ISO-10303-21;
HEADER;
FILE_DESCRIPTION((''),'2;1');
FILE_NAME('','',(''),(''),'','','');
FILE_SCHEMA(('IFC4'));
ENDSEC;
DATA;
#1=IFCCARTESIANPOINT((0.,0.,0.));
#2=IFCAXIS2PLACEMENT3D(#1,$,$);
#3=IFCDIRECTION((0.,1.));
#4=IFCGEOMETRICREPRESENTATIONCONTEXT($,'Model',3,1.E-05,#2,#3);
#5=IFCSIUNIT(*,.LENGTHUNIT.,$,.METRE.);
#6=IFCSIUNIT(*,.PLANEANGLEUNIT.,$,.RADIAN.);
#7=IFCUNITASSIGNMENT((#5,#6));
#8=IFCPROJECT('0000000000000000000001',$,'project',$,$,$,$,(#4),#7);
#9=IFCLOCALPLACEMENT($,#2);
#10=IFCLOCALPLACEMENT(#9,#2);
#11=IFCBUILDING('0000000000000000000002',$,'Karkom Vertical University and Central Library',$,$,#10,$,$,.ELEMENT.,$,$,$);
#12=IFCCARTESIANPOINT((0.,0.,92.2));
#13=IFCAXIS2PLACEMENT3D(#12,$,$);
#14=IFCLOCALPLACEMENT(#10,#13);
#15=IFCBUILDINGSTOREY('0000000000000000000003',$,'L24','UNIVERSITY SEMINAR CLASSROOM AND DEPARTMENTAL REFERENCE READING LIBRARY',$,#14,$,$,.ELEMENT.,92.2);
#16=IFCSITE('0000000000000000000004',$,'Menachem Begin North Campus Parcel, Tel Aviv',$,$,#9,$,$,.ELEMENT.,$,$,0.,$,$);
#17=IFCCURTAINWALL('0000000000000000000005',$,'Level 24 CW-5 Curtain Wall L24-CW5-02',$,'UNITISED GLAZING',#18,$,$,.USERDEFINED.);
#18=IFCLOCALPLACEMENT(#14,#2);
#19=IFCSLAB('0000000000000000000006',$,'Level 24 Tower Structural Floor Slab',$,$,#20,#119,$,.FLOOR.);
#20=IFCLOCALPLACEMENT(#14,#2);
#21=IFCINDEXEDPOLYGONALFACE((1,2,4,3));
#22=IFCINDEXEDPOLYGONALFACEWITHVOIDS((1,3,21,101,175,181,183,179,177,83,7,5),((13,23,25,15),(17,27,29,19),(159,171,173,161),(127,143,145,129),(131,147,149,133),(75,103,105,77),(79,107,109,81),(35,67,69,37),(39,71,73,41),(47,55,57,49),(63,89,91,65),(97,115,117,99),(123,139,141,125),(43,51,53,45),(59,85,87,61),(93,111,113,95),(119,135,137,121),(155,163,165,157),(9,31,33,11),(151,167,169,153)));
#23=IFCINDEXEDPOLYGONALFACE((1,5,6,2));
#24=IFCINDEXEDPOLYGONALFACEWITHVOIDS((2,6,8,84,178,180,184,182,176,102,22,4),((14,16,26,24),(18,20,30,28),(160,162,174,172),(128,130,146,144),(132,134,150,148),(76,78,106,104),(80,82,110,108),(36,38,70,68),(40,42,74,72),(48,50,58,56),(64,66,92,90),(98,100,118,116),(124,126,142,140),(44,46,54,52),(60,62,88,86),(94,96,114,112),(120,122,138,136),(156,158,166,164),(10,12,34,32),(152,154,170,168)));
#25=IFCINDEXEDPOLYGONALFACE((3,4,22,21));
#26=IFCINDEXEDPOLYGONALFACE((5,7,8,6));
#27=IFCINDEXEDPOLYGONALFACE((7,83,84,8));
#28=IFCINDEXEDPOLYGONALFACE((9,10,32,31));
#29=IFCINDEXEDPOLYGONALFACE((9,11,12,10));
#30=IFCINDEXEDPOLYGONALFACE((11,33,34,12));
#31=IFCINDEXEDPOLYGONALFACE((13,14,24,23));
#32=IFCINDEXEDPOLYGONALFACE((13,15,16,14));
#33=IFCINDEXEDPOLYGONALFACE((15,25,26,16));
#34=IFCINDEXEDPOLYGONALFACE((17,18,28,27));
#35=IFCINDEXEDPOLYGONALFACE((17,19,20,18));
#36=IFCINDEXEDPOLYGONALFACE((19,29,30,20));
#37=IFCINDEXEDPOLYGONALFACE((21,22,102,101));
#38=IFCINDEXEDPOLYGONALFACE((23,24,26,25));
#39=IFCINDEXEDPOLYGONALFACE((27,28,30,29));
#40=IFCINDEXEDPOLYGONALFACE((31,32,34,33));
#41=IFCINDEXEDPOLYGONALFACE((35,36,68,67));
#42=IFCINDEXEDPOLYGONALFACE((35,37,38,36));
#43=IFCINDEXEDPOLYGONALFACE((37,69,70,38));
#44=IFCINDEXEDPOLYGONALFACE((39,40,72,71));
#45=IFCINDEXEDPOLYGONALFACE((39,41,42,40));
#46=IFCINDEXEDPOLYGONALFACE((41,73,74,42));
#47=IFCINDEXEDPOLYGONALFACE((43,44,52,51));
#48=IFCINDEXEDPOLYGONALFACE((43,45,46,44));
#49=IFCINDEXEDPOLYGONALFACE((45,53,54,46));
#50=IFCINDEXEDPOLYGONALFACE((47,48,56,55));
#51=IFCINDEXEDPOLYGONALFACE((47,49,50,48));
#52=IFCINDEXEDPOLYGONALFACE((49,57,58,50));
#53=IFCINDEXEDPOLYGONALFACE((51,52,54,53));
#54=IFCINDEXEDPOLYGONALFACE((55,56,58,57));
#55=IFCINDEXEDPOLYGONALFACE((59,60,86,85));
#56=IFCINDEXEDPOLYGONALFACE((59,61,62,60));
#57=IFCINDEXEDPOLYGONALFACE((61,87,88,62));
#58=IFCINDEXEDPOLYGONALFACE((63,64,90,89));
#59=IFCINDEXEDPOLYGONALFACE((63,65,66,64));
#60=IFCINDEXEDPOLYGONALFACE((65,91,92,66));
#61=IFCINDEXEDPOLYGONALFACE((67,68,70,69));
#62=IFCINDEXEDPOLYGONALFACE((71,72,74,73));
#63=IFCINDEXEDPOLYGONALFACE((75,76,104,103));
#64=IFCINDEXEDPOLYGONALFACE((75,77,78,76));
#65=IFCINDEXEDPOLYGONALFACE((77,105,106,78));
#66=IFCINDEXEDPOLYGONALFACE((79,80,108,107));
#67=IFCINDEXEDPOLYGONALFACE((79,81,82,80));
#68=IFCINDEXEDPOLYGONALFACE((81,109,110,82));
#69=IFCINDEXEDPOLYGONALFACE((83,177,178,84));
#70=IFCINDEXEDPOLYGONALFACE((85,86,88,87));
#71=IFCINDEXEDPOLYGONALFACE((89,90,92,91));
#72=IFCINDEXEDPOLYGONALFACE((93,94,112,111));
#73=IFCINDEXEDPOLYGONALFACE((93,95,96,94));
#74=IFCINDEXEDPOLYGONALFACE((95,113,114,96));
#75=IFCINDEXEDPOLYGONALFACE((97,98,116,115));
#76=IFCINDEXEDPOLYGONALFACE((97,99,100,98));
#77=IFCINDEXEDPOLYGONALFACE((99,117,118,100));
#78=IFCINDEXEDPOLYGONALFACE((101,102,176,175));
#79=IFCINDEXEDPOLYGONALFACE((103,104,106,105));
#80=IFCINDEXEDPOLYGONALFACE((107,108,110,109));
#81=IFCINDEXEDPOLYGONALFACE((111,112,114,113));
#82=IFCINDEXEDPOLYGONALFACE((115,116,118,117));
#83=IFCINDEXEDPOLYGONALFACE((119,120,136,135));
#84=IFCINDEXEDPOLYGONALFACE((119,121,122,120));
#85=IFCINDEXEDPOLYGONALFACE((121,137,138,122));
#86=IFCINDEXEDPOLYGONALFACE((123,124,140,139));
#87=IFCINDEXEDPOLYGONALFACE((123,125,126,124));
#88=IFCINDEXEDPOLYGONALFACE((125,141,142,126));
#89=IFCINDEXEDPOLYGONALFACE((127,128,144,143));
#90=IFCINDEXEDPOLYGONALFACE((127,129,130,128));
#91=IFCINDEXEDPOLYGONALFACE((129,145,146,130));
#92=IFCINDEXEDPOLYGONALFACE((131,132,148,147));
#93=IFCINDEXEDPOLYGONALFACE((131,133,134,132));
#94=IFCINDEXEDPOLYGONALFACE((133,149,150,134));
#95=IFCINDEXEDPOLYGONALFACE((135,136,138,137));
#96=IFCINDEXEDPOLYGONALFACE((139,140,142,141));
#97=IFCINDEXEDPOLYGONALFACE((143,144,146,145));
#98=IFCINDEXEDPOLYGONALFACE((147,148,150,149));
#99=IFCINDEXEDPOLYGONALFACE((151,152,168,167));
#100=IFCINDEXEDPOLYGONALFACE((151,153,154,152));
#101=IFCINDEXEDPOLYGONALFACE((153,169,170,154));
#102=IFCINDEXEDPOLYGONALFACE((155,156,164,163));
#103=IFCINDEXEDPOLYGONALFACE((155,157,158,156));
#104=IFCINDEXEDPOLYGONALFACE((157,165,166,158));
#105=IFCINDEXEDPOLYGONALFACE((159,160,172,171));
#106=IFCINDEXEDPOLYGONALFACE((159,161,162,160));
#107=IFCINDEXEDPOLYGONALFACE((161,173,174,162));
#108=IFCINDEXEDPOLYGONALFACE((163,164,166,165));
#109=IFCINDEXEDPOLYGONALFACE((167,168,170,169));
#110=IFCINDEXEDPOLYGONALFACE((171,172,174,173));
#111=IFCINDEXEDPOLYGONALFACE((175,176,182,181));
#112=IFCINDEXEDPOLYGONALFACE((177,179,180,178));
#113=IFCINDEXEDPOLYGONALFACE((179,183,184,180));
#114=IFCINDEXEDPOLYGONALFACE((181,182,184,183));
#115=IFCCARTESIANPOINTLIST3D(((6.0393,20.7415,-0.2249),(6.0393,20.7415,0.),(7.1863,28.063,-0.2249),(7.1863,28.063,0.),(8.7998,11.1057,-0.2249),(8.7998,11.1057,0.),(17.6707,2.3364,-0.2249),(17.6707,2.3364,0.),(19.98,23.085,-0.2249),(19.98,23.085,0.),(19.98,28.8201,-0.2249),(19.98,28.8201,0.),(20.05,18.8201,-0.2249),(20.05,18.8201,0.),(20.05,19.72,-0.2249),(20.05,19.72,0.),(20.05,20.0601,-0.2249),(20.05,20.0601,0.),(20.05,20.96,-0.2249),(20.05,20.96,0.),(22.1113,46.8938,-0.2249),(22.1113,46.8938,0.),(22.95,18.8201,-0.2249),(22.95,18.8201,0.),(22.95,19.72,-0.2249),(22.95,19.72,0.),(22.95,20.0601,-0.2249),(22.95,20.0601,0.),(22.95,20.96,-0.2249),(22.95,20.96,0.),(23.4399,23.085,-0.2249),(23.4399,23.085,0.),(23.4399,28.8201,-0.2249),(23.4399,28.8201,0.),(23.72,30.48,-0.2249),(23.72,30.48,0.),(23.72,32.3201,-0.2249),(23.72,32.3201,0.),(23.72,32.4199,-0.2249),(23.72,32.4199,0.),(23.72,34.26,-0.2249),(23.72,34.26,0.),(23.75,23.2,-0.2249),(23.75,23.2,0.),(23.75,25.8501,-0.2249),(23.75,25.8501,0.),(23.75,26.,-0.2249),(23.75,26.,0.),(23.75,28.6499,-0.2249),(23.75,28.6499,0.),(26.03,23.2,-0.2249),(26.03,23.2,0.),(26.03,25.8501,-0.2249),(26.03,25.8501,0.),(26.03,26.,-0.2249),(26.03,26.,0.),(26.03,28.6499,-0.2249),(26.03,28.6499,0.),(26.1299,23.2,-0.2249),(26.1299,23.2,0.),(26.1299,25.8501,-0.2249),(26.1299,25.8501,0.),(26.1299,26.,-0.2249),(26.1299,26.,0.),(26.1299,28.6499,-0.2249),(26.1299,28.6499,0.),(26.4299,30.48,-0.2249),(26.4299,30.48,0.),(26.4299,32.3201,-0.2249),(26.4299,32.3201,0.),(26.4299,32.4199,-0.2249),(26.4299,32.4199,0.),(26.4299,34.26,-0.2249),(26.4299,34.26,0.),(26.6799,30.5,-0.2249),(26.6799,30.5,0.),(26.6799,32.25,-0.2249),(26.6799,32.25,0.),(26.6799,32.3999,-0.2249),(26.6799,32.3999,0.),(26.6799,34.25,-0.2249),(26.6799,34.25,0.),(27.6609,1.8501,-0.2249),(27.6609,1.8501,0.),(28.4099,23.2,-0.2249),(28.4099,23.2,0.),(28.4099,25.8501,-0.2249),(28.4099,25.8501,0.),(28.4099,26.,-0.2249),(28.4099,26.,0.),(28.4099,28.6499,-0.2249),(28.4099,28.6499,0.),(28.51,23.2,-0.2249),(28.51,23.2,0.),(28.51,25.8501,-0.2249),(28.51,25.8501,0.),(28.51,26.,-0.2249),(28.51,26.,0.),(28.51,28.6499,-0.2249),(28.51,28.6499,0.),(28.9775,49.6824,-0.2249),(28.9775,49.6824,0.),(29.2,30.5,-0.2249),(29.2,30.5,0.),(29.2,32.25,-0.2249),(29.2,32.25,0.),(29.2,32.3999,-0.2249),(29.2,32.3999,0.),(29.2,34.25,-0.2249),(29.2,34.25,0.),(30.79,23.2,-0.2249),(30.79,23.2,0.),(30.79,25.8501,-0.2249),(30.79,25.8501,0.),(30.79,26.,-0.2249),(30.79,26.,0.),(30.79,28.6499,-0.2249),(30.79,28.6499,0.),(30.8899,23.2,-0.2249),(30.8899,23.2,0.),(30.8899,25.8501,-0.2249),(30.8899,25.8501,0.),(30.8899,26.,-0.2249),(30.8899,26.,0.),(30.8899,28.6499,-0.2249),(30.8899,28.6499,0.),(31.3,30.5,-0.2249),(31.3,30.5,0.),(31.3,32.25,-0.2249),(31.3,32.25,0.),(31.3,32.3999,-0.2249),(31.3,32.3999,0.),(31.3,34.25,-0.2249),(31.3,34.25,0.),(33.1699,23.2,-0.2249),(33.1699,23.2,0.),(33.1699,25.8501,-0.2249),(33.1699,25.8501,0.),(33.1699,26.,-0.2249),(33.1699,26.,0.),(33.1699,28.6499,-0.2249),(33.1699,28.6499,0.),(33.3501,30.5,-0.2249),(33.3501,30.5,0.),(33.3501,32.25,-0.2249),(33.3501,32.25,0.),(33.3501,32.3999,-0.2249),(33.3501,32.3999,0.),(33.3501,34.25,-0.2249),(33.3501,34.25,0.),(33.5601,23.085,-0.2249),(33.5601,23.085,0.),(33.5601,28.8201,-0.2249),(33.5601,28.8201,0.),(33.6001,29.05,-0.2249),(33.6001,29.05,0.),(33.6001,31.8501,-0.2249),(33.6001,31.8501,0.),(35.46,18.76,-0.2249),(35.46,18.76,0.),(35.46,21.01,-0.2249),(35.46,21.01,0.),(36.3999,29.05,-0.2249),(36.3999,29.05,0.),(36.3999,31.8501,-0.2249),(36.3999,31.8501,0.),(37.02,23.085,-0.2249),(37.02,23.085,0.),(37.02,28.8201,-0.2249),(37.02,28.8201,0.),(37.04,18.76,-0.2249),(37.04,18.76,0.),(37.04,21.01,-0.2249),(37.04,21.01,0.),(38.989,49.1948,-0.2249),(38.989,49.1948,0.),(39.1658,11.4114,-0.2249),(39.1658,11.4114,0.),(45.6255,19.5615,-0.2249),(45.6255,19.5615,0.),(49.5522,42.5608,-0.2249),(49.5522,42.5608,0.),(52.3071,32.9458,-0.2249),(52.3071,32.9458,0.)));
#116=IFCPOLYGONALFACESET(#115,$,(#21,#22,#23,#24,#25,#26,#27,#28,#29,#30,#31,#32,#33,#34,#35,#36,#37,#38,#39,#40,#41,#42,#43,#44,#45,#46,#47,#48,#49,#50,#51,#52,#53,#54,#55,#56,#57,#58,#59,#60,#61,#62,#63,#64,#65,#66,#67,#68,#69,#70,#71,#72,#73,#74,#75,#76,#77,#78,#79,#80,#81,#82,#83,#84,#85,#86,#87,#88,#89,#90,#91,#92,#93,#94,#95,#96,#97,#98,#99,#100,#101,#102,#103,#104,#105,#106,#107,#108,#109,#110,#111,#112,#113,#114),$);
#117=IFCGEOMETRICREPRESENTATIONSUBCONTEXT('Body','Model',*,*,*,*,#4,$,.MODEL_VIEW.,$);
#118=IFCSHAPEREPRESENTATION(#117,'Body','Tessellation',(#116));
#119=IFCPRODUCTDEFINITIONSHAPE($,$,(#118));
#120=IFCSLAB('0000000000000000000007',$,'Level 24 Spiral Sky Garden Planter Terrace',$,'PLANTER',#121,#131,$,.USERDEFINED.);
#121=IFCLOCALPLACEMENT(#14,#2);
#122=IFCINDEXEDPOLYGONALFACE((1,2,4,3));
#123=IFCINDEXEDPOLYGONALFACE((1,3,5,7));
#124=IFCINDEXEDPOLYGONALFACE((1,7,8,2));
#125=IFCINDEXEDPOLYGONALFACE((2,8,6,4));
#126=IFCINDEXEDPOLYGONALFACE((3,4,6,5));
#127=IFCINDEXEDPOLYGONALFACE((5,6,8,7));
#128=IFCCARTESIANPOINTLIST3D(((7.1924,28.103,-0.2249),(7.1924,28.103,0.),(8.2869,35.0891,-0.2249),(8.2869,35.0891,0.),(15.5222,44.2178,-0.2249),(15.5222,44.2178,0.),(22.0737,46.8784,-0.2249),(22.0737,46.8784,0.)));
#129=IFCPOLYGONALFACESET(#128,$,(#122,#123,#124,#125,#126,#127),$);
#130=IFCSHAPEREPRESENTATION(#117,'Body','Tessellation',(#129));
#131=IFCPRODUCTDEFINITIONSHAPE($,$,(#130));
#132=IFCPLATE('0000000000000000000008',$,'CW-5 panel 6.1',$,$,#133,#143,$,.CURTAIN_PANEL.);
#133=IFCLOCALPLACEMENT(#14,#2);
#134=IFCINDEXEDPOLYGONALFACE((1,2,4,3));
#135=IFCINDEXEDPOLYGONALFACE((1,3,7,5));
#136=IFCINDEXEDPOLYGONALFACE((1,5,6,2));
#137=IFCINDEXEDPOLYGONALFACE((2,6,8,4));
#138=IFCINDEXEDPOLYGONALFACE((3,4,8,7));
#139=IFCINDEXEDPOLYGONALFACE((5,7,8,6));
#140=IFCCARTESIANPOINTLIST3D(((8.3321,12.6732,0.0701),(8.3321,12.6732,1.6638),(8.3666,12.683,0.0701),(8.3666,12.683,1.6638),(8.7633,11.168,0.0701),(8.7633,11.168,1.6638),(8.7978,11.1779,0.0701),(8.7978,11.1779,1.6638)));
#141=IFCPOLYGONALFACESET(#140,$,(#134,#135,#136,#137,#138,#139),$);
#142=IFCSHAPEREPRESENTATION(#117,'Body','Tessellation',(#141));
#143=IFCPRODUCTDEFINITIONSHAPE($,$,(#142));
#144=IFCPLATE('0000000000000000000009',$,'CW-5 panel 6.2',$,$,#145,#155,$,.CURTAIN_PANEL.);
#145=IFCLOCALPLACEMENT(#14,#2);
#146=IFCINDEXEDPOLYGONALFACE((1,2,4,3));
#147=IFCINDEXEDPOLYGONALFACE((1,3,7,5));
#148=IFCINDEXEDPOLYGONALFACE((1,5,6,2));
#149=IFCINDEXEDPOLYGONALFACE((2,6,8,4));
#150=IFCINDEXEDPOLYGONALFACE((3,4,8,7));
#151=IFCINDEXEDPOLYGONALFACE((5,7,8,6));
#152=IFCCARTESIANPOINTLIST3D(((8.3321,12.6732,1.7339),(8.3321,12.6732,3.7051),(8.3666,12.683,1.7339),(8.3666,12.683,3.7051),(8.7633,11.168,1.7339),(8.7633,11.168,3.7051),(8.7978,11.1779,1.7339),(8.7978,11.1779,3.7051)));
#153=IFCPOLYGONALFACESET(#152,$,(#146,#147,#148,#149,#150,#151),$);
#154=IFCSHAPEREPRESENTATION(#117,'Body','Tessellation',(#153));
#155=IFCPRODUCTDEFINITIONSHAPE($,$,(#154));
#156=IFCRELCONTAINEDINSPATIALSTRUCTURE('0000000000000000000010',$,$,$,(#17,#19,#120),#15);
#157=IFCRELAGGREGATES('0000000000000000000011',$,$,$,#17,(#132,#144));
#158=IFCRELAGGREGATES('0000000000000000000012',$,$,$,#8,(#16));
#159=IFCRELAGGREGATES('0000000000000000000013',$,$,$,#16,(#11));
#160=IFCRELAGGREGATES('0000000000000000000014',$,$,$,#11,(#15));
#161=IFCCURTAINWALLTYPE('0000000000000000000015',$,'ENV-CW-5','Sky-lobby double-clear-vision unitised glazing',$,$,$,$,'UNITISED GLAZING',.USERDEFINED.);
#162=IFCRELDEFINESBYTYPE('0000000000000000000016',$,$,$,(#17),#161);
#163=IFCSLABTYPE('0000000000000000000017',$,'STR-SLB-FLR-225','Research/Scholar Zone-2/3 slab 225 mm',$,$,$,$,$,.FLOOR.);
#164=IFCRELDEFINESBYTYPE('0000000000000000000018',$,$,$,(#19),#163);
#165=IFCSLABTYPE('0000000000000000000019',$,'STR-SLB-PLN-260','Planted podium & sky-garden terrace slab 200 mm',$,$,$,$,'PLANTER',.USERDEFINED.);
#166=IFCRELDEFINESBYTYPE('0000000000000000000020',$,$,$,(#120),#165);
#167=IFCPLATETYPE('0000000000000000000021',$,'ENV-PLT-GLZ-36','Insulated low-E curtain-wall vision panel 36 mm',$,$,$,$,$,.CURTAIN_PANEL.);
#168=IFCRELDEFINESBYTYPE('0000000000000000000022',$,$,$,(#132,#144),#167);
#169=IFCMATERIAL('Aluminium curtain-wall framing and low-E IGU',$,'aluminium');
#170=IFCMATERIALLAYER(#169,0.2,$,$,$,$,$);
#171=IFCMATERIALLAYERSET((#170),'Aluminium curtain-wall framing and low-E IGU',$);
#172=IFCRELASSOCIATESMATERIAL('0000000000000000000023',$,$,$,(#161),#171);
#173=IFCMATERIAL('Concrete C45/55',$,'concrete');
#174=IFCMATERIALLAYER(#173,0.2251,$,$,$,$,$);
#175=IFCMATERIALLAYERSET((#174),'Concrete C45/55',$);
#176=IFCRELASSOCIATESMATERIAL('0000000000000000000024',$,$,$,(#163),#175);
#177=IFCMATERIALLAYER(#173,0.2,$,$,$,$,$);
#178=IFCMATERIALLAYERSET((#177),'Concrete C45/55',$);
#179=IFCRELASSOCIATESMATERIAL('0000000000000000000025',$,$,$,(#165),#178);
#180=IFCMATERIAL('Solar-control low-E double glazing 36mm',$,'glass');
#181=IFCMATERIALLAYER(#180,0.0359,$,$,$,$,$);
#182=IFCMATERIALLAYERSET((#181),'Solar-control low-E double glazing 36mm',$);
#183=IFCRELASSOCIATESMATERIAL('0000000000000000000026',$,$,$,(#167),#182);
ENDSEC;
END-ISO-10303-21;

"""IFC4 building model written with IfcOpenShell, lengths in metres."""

from ifc_helpers import new_model, si_unit, direction, frame, origin, origin_with_axes, origin_2d, place, context, subcontext, project, spatial, polyline, rectangle, outline, extrude, source, transform, mapped, material, layer, layer_set, type_object, element, aggregate, save


model = new_model("IFC4")

# Units and contexts
model_context = context("Model", 3, precision=1e-05, world=origin(), true_north=direction((0.0, 1.0)))
body_context = subcontext(model_context, "Body", "Model", "MODEL_VIEW")
ifc_project = project(units=[si_unit("LENGTHUNIT", "METRE"), si_unit("PLANEANGLEUNIT", "RADIAN")], contexts=[model_context])

# Site, building, storey
site_placement = place(None, origin())
site = spatial("IfcSite", under=ifc_project, at=site_placement, Name="Menachem Begin North Campus Parcel, Tel Aviv", CompositionType="ELEMENT", RefElevation=0.0)
building_placement = place(site_placement, origin())
building = spatial("IfcBuilding", under=site, at=building_placement, Name="Karkom Vertical University and Central Library", CompositionType="ELEMENT")
storey_placement = place(building_placement, frame((0.0, 0.0, 92.2)))
storey = spatial("IfcBuildingStorey", under=building, at=storey_placement, Name="L24", Description="UNIVERSITY SEMINAR CLASSROOM AND DEPARTMENTAL REFERENCE READING LIBRARY", CompositionType="ELEMENT", Elevation=92.2)

# Curtain wall
ifc_material_1 = material(Name="Aluminium curtain-wall framing and low-E IGU", Category="aluminium")
ifc_layer_1 = layer(ifc_material_1, 0.2)
ifc_layer_set_1 = layer_set([ifc_layer_1], Name="Aluminium curtain-wall framing and low-E IGU")
curtain_wall_type = type_object("IfcCurtainWallType", Name="ENV-CW-5", Description="Sky-lobby double-clear-vision unitised glazing", ElementType="UNITISED GLAZING", PredefinedType="USERDEFINED", material=ifc_layer_set_1)
curtain_wall_placement = place(storey_placement, origin())
curtain_wall = element("IfcCurtainWall", 1, at=curtain_wall_placement, inside=storey, type_object=curtain_wall_type, Name="Level 24 CW-5 Curtain Wall L24-CW5-02", ObjectType="UNITISED GLAZING", PredefinedType="USERDEFINED")

# Shared definitions
ifc_material_2 = material(Name="Concrete C45/55", Category="concrete")

# Slabs
ifc_layer_2 = layer(ifc_material_2, 0.2251)
ifc_layer_set_2 = layer_set([ifc_layer_2], Name="Concrete C45/55")
slab_type_1 = type_object("IfcSlabType", Name="STR-SLB-FLR-225", Description="Research/Scholar Zone-2/3 slab 225 mm", PredefinedType="FLOOR", material=ifc_layer_set_2)
slab_1_placement = place(storey_placement, frame((0.0, 0.0, -0.2249)))
element("IfcSlab", 2, at=slab_1_placement, inside=storey, type_object=slab_type_1, Name="Level 24 Tower Structural Floor Slab", PredefinedType="FLOOR", context=body_context, shape_type="SweptSolid", body=[
    extrude(outline(polyline([(7.1863, 28.063), (6.0393, 20.7415), (8.7998, 11.1057), (17.6707, 2.3364), (27.6609, 1.8501), (39.1658, 11.4114), (45.6255, 19.5615), (52.3071, 32.9458), (49.5522, 42.5608), (38.989, 49.1948), (28.9775, 49.6824), (22.1113, 46.8938), (7.1863, 28.063)]), holes=[polyline([(19.98, 23.085), (23.4399, 23.085), (23.4399, 28.8201), (19.98, 28.8201), (19.98, 23.085)]), polyline([(33.5601, 23.085), (37.02, 23.085), (37.02, 28.8201), (33.5601, 28.8201), (33.5601, 23.085)]), polyline([(23.75, 23.2), (26.03, 23.2), (26.03, 25.8501), (23.75, 25.8501), (23.75, 23.2)]), polyline([(26.1299, 23.2), (28.4099, 23.2), (28.4099, 25.8501), (26.1299, 25.8501), (26.1299, 23.2)]), polyline([(28.51, 23.2), (30.79, 23.2), (30.79, 25.8501), (28.51, 25.8501), (28.51, 23.2)]), polyline([(30.8899, 23.2), (33.1699, 23.2), (33.1699, 25.8501), (30.8899, 25.8501), (30.8899, 23.2)]), polyline([(23.75, 26.0), (26.03, 26.0), (26.03, 28.6499), (23.75, 28.6499), (23.75, 26.0)]), polyline([(26.1299, 26.0), (28.4099, 26.0), (28.4099, 28.6499), (26.1299, 28.6499), (26.1299, 26.0)]), polyline([(28.51, 26.0), (30.79, 26.0), (30.79, 28.6499), (28.51, 28.6499), (28.51, 26.0)]), polyline([(30.8899, 26.0), (33.1699, 26.0), (33.1699, 28.6499), (30.8899, 28.6499), (30.8899, 26.0)]), polyline([(26.6799, 30.5), (29.2, 30.5), (29.2, 32.25), (26.6799, 32.25), (26.6799, 30.5)]), polyline([(26.6799, 32.3999), (29.2, 32.3999), (29.2, 34.25), (26.6799, 34.25), (26.6799, 32.3999)]), polyline([(31.3, 30.5), (33.3501, 30.5), (33.3501, 32.25), (31.3, 32.25), (31.3, 30.5)]), polyline([(31.3, 32.3999), (33.3501, 32.3999), (33.3501, 34.25), (31.3, 34.25), (31.3, 32.3999)]), polyline([(23.72, 30.48), (26.4299, 30.48), (26.4299, 32.3201), (23.72, 32.3201), (23.72, 30.48)]), polyline([(23.72, 32.4199), (26.4299, 32.4199), (26.4299, 34.26), (23.72, 34.26), (23.72, 32.4199)]), polyline([(33.6001, 29.05), (36.3999, 29.05), (36.3999, 31.8501), (33.6001, 31.8501), (33.6001, 29.05)]), polyline([(20.05, 18.8201), (22.95, 18.8201), (22.95, 19.72), (20.05, 19.72), (20.05, 18.8201)]), polyline([(20.05, 20.0601), (22.95, 20.0601), (22.95, 20.96), (20.05, 20.96), (20.05, 20.0601)]), polyline([(35.46, 18.76), (37.04, 18.76), (37.04, 21.01), (35.46, 21.01), (35.46, 18.76)])]), origin(), (0.0, 0.0, 1.0), 0.2249),
])
ifc_layer_3 = layer(ifc_material_2, 0.2)
ifc_layer_set_3 = layer_set([ifc_layer_3], Name="Concrete C45/55")
slab_type_2 = type_object("IfcSlabType", Name="STR-SLB-PLN-260", Description="Planted podium & sky-garden terrace slab 200 mm", ElementType="PLANTER", PredefinedType="USERDEFINED", material=ifc_layer_set_3)
slab_2_placement = place(storey_placement, frame((0.0, 0.0, -0.2249)))
element("IfcSlab", 3, at=slab_2_placement, inside=storey, type_object=slab_type_2, Name="Level 24 Spiral Sky Garden Planter Terrace", ObjectType="PLANTER", PredefinedType="USERDEFINED", context=body_context, shape_type="SweptSolid", body=[
    extrude(outline(polyline([(8.2869, 35.0891), (15.5222, 44.2178), (22.0737, 46.8784), (7.1924, 28.103), (8.2869, 35.0891)])), origin(), (0.0, 0.0, 1.0), 0.2249),
])

# Plates
ifc_material_3 = material(Name="Solar-control low-E double glazing 36mm", Category="glass")
ifc_layer_4 = layer(ifc_material_3, 0.0359)
ifc_layer_set_4 = layer_set([ifc_layer_4], Name="Solar-control low-E double glazing 36mm")
plate_type = type_object("IfcPlateType", Name="ENV-PLT-GLZ-36", Description="Insulated low-E curtain-wall vision panel 36 mm", PredefinedType="CURTAIN_PANEL", material=ifc_layer_set_4)
shared_shape_1 = source(origin_with_axes(), body_context, "Body", "SweptSolid", [
    extrude(rectangle(XDim=1.5657, YDim=0.0359, at=origin_2d()), origin(), (0.0, 0.0, 1.0), 1.5938),
])
plate_1_placement = place(storey_placement, frame((8.5649, 11.9255, 0.0701), z_axis=(0.0, 0.0, 1.0), x_axis=(0.275417, -0.961325, 0.0)))
plate_1 = element("IfcPlate", 4, at=plate_1_placement, type_object=plate_type, Name="CW-5 panel 6.1", PredefinedType="CURTAIN_PANEL", context=body_context, shape_type="MappedRepresentation", body=[
    mapped(shared_shape_1, transform((0.0, 0.0, 0.0), scale=1.0)),
])
shared_shape_2 = source(origin_with_axes(), body_context, "Body", "SweptSolid", [
    extrude(rectangle(XDim=1.5657, YDim=0.0359, at=origin_2d()), origin(), (0.0, 0.0, 1.0), 1.9712),
])
plate_2_placement = place(storey_placement, frame((8.5649, 11.9255, 1.7339), z_axis=(0.0, 0.0, 1.0), x_axis=(0.275417, -0.961325, 0.0)))
plate_2 = element("IfcPlate", 5, at=plate_2_placement, type_object=plate_type, Name="CW-5 panel 6.2", PredefinedType="CURTAIN_PANEL", context=body_context, shape_type="MappedRepresentation", body=[
    mapped(shared_shape_2, transform((0.0, 0.0, 0.0), scale=1.0)),
])
aggregate(curtain_wall, [plate_1, plate_2])

save(model, "model.ifc")
